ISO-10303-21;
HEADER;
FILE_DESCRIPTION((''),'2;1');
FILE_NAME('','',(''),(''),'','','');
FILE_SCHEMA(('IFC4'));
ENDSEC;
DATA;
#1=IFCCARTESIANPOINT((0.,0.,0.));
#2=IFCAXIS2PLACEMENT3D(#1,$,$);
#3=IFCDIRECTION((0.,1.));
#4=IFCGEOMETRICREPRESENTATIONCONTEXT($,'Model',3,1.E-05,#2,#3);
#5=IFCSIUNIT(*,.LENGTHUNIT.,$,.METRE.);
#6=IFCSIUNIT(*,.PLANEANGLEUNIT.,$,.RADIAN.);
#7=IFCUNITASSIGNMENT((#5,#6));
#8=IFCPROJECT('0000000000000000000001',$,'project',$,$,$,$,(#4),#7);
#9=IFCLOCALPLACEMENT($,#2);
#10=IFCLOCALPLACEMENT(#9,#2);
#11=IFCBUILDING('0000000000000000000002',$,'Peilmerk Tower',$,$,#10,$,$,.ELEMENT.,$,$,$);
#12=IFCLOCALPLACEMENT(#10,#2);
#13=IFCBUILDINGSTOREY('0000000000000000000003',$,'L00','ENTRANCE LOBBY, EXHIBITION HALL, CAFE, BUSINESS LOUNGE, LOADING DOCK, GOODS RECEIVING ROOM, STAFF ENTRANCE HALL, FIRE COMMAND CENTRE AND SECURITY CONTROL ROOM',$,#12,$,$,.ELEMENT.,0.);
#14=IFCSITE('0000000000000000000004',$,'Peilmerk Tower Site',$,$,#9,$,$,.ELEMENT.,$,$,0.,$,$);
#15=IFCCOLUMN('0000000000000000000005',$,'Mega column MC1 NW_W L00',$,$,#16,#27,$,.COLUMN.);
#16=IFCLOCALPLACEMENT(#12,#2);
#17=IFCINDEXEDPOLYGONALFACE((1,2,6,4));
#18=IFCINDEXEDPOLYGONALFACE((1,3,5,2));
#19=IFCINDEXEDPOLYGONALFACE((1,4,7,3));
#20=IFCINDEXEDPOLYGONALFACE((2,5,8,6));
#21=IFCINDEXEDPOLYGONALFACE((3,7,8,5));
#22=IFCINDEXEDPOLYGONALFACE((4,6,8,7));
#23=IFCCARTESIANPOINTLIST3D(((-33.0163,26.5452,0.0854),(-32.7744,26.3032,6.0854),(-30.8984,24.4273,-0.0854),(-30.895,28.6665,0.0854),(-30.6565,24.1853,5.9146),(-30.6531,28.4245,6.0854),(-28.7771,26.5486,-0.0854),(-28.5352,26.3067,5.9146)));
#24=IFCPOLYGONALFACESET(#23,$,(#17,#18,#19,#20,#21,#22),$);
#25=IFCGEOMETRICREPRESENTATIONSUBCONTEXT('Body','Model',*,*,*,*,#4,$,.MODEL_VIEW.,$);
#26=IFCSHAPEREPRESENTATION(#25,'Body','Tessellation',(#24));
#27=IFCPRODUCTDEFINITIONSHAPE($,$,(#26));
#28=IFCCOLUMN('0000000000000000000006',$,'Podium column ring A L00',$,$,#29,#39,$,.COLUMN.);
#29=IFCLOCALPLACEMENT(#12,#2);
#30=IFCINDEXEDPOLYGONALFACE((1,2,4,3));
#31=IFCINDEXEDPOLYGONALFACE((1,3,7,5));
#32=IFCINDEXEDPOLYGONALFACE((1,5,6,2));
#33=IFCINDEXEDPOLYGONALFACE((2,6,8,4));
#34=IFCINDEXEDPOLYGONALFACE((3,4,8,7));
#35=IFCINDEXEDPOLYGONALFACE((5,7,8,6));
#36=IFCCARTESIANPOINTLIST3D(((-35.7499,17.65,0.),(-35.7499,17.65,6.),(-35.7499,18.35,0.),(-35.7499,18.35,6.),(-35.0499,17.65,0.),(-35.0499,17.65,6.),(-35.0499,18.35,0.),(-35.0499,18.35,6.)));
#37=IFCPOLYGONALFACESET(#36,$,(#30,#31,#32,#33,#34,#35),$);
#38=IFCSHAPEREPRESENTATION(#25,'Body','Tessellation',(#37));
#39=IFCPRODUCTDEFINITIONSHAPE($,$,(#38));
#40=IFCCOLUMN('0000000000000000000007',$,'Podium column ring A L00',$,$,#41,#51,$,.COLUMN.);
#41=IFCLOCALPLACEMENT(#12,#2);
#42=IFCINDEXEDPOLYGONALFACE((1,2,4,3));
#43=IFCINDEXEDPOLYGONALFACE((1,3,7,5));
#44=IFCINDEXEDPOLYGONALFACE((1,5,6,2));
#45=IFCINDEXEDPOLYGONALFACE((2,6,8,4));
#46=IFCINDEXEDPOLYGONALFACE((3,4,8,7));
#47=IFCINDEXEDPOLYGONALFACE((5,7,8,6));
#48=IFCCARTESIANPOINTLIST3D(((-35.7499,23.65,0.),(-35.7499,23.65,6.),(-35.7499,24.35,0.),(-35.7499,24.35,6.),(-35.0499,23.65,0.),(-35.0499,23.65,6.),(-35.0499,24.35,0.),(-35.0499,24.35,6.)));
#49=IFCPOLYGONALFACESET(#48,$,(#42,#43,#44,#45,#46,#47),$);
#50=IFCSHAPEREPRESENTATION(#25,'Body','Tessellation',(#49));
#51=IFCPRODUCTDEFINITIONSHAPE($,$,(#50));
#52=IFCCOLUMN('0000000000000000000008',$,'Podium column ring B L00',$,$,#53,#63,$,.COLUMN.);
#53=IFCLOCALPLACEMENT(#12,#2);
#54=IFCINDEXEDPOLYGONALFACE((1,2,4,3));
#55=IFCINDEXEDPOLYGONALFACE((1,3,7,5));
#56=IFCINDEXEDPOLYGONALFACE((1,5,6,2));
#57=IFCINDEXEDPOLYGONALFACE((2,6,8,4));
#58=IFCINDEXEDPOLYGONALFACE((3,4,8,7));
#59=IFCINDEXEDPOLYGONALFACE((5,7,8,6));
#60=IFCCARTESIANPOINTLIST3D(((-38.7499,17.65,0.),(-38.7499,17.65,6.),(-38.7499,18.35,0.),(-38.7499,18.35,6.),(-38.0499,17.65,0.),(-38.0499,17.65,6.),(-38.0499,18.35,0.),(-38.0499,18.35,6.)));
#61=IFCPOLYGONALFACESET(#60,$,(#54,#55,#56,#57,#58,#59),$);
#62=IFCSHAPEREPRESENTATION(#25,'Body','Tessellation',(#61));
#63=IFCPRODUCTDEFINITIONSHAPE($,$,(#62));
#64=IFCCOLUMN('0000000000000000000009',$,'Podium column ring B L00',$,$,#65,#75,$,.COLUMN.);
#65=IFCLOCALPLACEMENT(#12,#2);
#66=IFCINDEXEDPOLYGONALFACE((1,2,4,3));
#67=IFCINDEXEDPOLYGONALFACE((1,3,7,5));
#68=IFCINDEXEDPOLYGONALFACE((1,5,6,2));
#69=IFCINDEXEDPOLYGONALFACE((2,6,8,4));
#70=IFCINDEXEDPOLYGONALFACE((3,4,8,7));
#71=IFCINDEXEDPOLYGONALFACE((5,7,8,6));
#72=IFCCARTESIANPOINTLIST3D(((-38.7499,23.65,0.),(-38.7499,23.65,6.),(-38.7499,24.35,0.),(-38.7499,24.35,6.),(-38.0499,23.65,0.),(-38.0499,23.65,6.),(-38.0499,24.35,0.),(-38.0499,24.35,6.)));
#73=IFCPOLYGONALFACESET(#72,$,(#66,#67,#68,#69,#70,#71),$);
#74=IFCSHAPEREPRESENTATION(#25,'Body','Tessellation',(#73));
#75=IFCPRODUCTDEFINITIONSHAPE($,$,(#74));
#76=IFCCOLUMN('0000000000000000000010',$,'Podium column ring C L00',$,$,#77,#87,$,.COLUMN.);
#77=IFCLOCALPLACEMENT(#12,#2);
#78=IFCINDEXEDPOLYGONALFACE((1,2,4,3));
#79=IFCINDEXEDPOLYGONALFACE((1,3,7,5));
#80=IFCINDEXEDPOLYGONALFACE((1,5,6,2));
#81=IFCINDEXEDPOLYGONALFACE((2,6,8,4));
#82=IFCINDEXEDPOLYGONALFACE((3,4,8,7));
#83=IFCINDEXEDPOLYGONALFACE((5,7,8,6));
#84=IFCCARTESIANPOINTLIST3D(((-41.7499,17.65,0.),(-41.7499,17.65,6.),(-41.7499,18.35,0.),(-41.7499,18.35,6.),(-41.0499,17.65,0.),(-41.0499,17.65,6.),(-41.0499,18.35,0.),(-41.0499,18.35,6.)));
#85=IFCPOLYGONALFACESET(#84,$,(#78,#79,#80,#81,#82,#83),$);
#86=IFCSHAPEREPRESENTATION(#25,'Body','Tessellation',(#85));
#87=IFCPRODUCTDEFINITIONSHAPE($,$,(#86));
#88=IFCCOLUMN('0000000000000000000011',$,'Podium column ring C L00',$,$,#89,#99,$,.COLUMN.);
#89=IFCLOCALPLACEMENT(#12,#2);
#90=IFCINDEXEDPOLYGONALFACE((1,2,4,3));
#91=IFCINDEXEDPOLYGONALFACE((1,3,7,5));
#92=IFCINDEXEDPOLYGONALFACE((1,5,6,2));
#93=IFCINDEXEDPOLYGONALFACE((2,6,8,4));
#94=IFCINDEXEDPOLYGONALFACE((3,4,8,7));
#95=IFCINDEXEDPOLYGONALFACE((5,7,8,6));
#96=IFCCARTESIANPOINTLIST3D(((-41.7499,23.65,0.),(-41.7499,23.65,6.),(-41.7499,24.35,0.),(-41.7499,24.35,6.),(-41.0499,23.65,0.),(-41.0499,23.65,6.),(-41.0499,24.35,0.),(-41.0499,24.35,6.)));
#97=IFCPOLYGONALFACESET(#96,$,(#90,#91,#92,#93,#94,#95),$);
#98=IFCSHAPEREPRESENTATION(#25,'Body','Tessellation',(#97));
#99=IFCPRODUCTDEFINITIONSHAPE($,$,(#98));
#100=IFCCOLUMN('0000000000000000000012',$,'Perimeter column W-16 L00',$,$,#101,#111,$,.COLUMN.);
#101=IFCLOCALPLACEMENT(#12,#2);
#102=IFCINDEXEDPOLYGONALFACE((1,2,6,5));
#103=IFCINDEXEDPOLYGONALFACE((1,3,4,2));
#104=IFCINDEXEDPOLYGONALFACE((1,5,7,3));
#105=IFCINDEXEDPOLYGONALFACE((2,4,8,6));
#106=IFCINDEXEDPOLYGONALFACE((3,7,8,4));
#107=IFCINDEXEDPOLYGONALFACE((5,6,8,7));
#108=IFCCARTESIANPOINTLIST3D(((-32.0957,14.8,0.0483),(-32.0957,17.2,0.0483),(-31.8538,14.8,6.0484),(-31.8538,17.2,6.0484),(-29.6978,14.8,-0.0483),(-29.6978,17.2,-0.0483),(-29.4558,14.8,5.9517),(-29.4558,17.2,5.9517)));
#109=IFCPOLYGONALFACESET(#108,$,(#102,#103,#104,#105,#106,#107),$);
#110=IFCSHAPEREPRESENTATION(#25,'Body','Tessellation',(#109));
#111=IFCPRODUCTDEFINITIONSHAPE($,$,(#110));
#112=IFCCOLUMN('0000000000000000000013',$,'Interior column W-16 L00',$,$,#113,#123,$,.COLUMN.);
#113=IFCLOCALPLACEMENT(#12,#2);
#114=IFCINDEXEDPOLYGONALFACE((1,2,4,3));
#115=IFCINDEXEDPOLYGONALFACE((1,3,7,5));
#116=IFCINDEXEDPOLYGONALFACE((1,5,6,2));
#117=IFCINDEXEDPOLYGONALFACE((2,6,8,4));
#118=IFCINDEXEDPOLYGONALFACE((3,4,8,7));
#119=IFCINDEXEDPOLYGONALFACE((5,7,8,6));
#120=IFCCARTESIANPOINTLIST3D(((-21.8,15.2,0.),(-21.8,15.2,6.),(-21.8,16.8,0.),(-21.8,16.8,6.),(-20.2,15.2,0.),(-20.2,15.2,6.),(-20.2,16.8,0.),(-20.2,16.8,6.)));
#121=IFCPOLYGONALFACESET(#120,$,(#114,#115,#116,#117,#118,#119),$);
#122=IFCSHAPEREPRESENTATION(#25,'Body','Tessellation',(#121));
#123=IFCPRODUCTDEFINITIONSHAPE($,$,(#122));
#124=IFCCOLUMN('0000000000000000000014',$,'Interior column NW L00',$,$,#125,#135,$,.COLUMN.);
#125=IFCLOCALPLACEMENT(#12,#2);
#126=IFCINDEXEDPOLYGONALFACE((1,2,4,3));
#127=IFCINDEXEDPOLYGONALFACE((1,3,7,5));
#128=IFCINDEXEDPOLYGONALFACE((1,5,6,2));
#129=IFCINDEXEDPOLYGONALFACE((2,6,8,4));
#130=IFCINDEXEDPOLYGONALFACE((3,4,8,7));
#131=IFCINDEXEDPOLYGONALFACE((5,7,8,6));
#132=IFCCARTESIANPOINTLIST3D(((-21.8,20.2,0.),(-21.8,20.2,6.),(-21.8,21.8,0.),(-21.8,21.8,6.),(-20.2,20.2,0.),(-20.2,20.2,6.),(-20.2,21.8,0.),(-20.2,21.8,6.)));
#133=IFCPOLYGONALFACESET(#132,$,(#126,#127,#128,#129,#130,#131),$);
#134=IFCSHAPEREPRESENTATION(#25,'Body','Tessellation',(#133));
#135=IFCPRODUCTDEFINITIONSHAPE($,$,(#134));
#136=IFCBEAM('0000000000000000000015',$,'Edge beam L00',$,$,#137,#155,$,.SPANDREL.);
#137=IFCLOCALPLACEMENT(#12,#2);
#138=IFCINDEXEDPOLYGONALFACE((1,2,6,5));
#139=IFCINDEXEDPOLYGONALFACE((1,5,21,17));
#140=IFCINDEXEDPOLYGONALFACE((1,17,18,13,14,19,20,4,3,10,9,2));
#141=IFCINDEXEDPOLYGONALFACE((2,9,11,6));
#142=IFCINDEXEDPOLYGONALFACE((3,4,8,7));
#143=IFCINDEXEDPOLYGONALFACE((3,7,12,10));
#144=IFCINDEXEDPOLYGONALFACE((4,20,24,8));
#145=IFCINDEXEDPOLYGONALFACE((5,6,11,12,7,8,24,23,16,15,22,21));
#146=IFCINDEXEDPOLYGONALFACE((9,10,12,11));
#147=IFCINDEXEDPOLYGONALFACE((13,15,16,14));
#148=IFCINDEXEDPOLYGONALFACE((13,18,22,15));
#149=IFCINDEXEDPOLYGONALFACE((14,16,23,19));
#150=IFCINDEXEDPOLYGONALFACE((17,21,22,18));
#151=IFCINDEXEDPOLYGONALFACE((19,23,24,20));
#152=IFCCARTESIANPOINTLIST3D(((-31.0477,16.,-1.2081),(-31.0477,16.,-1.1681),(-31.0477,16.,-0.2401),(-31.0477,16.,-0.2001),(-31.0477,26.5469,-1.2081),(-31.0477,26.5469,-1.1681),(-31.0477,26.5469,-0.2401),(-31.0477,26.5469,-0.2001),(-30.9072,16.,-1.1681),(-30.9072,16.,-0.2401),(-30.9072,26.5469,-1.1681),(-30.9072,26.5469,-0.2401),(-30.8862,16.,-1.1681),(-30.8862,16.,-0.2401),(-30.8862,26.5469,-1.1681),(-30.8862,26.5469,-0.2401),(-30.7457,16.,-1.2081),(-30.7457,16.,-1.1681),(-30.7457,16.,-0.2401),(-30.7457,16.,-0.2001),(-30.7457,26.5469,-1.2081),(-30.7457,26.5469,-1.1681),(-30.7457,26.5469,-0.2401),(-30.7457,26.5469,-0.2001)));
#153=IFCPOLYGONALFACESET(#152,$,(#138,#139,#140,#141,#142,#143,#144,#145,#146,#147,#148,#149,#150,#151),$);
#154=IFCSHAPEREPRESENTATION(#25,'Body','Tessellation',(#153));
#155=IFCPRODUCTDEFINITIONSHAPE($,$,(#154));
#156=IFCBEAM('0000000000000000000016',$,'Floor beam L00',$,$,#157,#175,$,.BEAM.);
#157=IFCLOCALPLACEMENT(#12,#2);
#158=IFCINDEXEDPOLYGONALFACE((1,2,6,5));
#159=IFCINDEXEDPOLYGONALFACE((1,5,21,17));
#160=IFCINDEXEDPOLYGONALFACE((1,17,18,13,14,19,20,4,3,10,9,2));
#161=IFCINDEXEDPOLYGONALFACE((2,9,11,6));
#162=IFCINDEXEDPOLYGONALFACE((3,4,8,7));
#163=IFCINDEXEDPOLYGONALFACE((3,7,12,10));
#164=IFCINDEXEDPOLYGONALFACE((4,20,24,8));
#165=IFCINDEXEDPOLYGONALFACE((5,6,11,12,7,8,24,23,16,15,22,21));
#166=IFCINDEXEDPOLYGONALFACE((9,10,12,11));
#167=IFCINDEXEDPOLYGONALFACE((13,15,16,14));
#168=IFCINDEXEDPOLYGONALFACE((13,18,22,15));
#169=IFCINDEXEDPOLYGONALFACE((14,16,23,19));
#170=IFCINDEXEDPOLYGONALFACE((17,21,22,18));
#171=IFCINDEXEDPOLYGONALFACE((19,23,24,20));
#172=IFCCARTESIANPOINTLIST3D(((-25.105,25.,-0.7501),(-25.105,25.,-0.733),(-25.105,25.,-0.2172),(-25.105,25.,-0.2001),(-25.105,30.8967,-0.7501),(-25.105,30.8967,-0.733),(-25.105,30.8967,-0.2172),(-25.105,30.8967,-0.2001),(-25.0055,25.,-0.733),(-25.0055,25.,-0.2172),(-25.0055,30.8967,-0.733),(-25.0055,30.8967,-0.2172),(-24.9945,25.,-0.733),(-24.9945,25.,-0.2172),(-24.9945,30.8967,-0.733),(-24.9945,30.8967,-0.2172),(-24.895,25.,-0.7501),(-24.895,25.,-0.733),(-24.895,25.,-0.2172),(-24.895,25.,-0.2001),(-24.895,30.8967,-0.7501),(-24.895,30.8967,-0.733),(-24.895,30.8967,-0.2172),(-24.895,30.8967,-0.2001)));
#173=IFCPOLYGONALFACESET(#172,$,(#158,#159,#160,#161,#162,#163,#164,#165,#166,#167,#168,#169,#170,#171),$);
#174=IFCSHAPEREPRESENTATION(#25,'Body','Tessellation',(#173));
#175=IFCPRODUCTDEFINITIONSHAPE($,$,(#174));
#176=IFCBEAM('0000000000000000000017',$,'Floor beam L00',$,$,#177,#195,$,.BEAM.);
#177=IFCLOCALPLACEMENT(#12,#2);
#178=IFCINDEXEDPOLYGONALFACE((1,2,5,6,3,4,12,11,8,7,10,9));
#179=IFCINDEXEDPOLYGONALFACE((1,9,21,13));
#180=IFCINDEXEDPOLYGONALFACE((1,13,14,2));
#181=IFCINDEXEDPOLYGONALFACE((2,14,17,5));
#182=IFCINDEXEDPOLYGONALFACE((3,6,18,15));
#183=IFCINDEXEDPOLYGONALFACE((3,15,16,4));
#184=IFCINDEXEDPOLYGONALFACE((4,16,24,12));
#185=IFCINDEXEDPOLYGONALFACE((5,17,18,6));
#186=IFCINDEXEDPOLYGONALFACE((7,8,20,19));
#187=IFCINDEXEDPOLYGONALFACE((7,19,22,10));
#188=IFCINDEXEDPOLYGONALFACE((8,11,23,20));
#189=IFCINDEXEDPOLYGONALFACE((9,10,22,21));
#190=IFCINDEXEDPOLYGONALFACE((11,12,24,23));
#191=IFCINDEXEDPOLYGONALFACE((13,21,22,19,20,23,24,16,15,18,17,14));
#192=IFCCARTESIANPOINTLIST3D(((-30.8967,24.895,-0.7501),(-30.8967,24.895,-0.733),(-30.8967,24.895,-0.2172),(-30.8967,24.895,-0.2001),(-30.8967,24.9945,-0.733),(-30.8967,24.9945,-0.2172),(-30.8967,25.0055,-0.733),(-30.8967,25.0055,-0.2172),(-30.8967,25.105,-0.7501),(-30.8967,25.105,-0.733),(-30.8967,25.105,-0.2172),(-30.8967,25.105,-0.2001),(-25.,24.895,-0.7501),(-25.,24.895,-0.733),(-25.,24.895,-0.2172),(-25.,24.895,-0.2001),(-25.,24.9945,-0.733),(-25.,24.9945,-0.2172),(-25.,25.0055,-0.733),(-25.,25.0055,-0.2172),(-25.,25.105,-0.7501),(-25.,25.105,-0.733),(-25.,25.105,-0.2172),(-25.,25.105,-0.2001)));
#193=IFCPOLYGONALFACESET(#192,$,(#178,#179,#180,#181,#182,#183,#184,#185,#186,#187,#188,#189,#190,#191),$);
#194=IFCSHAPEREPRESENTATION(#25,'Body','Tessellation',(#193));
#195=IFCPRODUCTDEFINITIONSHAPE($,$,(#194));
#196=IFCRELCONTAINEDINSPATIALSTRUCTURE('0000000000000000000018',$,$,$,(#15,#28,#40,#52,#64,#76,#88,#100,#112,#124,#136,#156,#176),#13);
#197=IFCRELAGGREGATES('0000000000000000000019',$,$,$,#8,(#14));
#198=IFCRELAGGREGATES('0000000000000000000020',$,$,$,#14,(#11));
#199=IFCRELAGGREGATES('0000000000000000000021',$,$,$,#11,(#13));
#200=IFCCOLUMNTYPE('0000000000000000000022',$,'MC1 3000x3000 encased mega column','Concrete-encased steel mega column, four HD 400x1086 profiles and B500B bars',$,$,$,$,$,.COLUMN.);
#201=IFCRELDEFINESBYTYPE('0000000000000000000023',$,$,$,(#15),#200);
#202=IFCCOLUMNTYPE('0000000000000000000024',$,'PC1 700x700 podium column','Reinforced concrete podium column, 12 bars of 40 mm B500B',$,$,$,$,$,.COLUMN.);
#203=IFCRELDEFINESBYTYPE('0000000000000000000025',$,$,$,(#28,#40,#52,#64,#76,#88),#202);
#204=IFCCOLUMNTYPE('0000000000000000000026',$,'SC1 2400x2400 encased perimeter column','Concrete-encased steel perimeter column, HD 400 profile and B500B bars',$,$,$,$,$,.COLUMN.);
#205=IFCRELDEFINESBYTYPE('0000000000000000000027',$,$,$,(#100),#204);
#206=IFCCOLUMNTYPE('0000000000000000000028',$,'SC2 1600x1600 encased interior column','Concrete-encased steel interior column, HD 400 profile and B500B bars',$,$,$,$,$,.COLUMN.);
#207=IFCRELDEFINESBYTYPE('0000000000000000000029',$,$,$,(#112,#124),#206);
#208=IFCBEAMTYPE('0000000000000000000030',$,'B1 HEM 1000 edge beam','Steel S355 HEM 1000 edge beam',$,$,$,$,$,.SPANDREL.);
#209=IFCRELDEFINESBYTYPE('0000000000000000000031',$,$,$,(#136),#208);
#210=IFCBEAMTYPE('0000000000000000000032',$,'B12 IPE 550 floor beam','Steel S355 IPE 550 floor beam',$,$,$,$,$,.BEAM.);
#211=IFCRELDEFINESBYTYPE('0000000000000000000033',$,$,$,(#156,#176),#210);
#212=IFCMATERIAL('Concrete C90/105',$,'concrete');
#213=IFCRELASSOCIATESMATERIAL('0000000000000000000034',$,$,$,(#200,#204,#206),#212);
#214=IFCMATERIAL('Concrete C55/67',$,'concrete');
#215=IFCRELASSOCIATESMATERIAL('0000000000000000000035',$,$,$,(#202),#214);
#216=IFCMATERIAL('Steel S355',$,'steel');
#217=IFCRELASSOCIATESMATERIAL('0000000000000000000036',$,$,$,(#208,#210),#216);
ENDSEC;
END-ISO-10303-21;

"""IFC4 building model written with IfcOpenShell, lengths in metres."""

from ifc_helpers import new_model, si_unit, direction, frame, origin, origin_2d, place, context, subcontext, project, spatial, rectangle, i_section, extrude, material, material_profile, profile_set, type_object, element, save


model = new_model("IFC4")

# Units and contexts
model_context = context("Model", 3, precision=1e-05, world=origin(), true_north=direction((0.0, 1.0)))
body_context = subcontext(model_context, "Body", "Model", "MODEL_VIEW")
ifc_project = project(units=[si_unit("LENGTHUNIT", "METRE"), si_unit("PLANEANGLEUNIT", "RADIAN")], contexts=[model_context])

# Site, building, storey
site_placement = place(None, origin())
site = spatial("IfcSite", under=ifc_project, at=site_placement, Name="Peilmerk Tower Site", CompositionType="ELEMENT", RefElevation=0.0)
building_placement = place(site_placement, origin())
building = spatial("IfcBuilding", under=site, at=building_placement, Name="Peilmerk Tower", CompositionType="ELEMENT")
storey_placement = place(building_placement, origin())
storey = spatial("IfcBuildingStorey", under=building, at=storey_placement, Name="L00", Description="ENTRANCE LOBBY, EXHIBITION HALL, CAFE, BUSINESS LOUNGE, LOADING DOCK, GOODS RECEIVING ROOM, STAFF ENTRANCE HALL, FIRE COMMAND CENTRE AND SECURITY CONTROL ROOM", CompositionType="ELEMENT", Elevation=0.0)

# Columns
ifc_material_1 = material(Name="Concrete C90/105", Category="concrete")
ifc_material_profile_1 = material_profile(ifc_material_1, rectangle(XDim=3.0, YDim=3.0, at=origin_2d()), Name="RC 3000x3000")
ifc_profile_set_1 = profile_set([ifc_material_profile_1], Name="Concrete C90/105")
column_type_1 = type_object("IfcColumnType", Name="MC1 3000x3000 encased mega column", Description="Concrete-encased steel mega column, four HD 400x1086 profiles and B500B bars", PredefinedType="COLUMN", material=ifc_profile_set_1)
column_1_placement = place(storey_placement, frame((-30.8967, 26.5469, 0.0), z_axis=(0.040258, -0.040258, 0.998378), x_axis=(0.707107, 0.707107, 0.0)))
element("IfcColumn", 1, at=column_1_placement, inside=storey, type_object=column_type_1, Name="Mega column MC1 NW_W L00", PredefinedType="COLUMN", context=body_context, shape_type="SweptSolid", body=[
    extrude(rectangle(XDim=3.0, YDim=3.0, at=origin_2d()), origin(), (0.0, 0.0, 1.0), 6.0098),
])
ifc_material_2 = material(Name="Concrete C55/67", Category="concrete")
ifc_material_profile_2 = material_profile(ifc_material_2, rectangle(XDim=0.7, YDim=0.7, at=origin_2d()), Name="RC 700x700")
ifc_profile_set_2 = profile_set([ifc_material_profile_2], Name="Concrete C55/67")
column_type_2 = type_object("IfcColumnType", Name="PC1 700x700 podium column", Description="Reinforced concrete podium column, 12 bars of 40 mm B500B", PredefinedType="COLUMN", material=ifc_profile_set_2)
for number, where, z_axis, x_axis, name in (
    (2, (-35.3999, 18.0, 0.0), (0.0, 0.0, 1.0), (1.0, 0.0, 0.0), "Podium column ring A L00"),
    (3, (-35.3999, 24.0, 0.0), (0.0, 0.0, 1.0), (1.0, 0.0, 0.0), "Podium column ring A L00"),
    (4, (-38.3999, 18.0, 0.0), (0.0, 0.0, 1.0), (1.0, 0.0, 0.0), "Podium column ring B L00"),
    (5, (-38.3999, 24.0, 0.0), (0.0, 0.0, 1.0), (1.0, 0.0, 0.0), "Podium column ring B L00"),
    (6, (-41.3999, 18.0, 0.0), (0.0, 0.0, 1.0), (1.0, 0.0, 0.0), "Podium column ring C L00"),
    (7, (-41.3999, 24.0, 0.0), (0.0, 0.0, 1.0), (1.0, 0.0, 0.0), "Podium column ring C L00"),
):
    element("IfcColumn", number, at=place(storey_placement, frame(where, z_axis=z_axis, x_axis=x_axis)), inside=storey, type_object=column_type_2, Name=name, PredefinedType="COLUMN", context=body_context, shape_type="SweptSolid", body=[
        extrude(rectangle(XDim=0.7, YDim=0.7, at=origin_2d()), origin(), (0.0, 0.0, 1.0), 6.0),
    ])
ifc_material_profile_3 = material_profile(ifc_material_1, rectangle(XDim=2.3999, YDim=2.3999, at=origin_2d()), Name="RC 2400x2400")
ifc_profile_set_3 = profile_set([ifc_material_profile_3], Name="Concrete C90/105")
column_type_3 = type_object("IfcColumnType", Name="SC1 2400x2400 encased perimeter column", Description="Concrete-encased steel perimeter column, HD 400 profile and B500B bars", PredefinedType="COLUMN", material=ifc_profile_set_3)
column_2_placement = place(storey_placement, frame((-30.8967, 16.0, 0.0), z_axis=(0.040291, 0.0, 0.999188), x_axis=(0.0, 1.0, 0.0)))
element("IfcColumn", 8, at=column_2_placement, inside=storey, type_object=column_type_3, Name="Perimeter column W-16 L00", PredefinedType="COLUMN", context=body_context, shape_type="SweptSolid", body=[
    extrude(rectangle(XDim=2.3999, YDim=2.3999, at=origin_2d()), origin(), (0.0, 0.0, 1.0), 6.0049),
])
ifc_material_profile_4 = material_profile(ifc_material_1, rectangle(XDim=1.6001, YDim=1.6001, at=origin_2d()), Name="RC 1600x1600")
ifc_profile_set_4 = profile_set([ifc_material_profile_4], Name="Concrete C90/105")
column_type_4 = type_object("IfcColumnType", Name="SC2 1600x1600 encased interior column", Description="Concrete-encased steel interior column, HD 400 profile and B500B bars", PredefinedType="COLUMN", material=ifc_profile_set_4)
for number, where, z_axis, x_axis, name in (
    (9, (-21.0, 16.0, 0.0), (0.0, 0.0, 1.0), (1.0, 0.0, 0.0), "Interior column W-16 L00"),
    (10, (-21.0, 21.0, 0.0), (0.0, 0.0, 1.0), (1.0, 0.0, 0.0), "Interior column NW L00"),
):
    element("IfcColumn", number, at=place(storey_placement, frame(where, z_axis=z_axis, x_axis=x_axis)), inside=storey, type_object=column_type_4, Name=name, PredefinedType="COLUMN", context=body_context, shape_type="SweptSolid", body=[
        extrude(rectangle(XDim=1.6001, YDim=1.6001, at=origin_2d()), origin(), (0.0, 0.0, 1.0), 6.0),
    ])

# Beams
ifc_material_3 = material(Name="Steel S355", Category="steel")
ifc_material_profile_5 = material_profile(ifc_material_3, i_section(OverallWidth=0.302, OverallDepth=1.0081, WebThickness=0.021, FlangeThickness=0.04, at=origin_2d()), Name="HEM 1000")
ifc_profile_set_5 = profile_set([ifc_material_profile_5], Name="Steel S355")
beam_type_1 = type_object("IfcBeamType", Name="B1 HEM 1000 edge beam", Description="Steel S355 HEM 1000 edge beam", PredefinedType="SPANDREL", material=ifc_profile_set_5)
beam_1_placement = place(storey_placement, frame((-30.8967, 26.5469, -0.7041), z_axis=(0.0, -1.0, 0.0), x_axis=(1.0, 0.0, 0.0)))
element("IfcBeam", 11, at=beam_1_placement, inside=storey, type_object=beam_type_1, Name="Edge beam L00", PredefinedType="SPANDREL", context=body_context, shape_type="SweptSolid", body=[
    extrude(i_section(OverallWidth=0.302, OverallDepth=1.0081, WebThickness=0.021, FlangeThickness=0.04, at=origin_2d()), origin(), (0.0, 0.0, 1.0), 10.5469),
])
ifc_material_profile_6 = material_profile(ifc_material_3, i_section(OverallWidth=0.21, OverallDepth=0.55, WebThickness=0.011, FlangeThickness=0.0171, at=origin_2d()), Name="IPE 550")
ifc_profile_set_6 = profile_set([ifc_material_profile_6], Name="Steel S355")
beam_type_2 = type_object("IfcBeamType", Name="B12 IPE 550 floor beam", Description="Steel S355 IPE 550 floor beam", PredefinedType="BEAM", material=ifc_profile_set_6)
for number, where, z_axis, x_axis, name in (
    (12, (-25.0, 25.0, -0.4751), (0.0, 1.0, 0.0), (-1.0, 0.0, 0.0), "Floor beam L00"),
    (13, (-25.0, 25.0, -0.4751), (-1.0, 0.0, 0.0), (0.0, -1.0, 0.0), "Floor beam L00"),
):
    element("IfcBeam", number, at=place(storey_placement, frame(where, z_axis=z_axis, x_axis=x_axis)), inside=storey, type_object=beam_type_2, Name=name, PredefinedType="BEAM", context=body_context, shape_type="SweptSolid", body=[
        extrude(i_section(OverallWidth=0.21, OverallDepth=0.55, WebThickness=0.011, FlangeThickness=0.0171, at=origin_2d()), origin(), (0.0, 0.0, 1.0), 5.8967),
    ])

save(model, "model.ifc")
